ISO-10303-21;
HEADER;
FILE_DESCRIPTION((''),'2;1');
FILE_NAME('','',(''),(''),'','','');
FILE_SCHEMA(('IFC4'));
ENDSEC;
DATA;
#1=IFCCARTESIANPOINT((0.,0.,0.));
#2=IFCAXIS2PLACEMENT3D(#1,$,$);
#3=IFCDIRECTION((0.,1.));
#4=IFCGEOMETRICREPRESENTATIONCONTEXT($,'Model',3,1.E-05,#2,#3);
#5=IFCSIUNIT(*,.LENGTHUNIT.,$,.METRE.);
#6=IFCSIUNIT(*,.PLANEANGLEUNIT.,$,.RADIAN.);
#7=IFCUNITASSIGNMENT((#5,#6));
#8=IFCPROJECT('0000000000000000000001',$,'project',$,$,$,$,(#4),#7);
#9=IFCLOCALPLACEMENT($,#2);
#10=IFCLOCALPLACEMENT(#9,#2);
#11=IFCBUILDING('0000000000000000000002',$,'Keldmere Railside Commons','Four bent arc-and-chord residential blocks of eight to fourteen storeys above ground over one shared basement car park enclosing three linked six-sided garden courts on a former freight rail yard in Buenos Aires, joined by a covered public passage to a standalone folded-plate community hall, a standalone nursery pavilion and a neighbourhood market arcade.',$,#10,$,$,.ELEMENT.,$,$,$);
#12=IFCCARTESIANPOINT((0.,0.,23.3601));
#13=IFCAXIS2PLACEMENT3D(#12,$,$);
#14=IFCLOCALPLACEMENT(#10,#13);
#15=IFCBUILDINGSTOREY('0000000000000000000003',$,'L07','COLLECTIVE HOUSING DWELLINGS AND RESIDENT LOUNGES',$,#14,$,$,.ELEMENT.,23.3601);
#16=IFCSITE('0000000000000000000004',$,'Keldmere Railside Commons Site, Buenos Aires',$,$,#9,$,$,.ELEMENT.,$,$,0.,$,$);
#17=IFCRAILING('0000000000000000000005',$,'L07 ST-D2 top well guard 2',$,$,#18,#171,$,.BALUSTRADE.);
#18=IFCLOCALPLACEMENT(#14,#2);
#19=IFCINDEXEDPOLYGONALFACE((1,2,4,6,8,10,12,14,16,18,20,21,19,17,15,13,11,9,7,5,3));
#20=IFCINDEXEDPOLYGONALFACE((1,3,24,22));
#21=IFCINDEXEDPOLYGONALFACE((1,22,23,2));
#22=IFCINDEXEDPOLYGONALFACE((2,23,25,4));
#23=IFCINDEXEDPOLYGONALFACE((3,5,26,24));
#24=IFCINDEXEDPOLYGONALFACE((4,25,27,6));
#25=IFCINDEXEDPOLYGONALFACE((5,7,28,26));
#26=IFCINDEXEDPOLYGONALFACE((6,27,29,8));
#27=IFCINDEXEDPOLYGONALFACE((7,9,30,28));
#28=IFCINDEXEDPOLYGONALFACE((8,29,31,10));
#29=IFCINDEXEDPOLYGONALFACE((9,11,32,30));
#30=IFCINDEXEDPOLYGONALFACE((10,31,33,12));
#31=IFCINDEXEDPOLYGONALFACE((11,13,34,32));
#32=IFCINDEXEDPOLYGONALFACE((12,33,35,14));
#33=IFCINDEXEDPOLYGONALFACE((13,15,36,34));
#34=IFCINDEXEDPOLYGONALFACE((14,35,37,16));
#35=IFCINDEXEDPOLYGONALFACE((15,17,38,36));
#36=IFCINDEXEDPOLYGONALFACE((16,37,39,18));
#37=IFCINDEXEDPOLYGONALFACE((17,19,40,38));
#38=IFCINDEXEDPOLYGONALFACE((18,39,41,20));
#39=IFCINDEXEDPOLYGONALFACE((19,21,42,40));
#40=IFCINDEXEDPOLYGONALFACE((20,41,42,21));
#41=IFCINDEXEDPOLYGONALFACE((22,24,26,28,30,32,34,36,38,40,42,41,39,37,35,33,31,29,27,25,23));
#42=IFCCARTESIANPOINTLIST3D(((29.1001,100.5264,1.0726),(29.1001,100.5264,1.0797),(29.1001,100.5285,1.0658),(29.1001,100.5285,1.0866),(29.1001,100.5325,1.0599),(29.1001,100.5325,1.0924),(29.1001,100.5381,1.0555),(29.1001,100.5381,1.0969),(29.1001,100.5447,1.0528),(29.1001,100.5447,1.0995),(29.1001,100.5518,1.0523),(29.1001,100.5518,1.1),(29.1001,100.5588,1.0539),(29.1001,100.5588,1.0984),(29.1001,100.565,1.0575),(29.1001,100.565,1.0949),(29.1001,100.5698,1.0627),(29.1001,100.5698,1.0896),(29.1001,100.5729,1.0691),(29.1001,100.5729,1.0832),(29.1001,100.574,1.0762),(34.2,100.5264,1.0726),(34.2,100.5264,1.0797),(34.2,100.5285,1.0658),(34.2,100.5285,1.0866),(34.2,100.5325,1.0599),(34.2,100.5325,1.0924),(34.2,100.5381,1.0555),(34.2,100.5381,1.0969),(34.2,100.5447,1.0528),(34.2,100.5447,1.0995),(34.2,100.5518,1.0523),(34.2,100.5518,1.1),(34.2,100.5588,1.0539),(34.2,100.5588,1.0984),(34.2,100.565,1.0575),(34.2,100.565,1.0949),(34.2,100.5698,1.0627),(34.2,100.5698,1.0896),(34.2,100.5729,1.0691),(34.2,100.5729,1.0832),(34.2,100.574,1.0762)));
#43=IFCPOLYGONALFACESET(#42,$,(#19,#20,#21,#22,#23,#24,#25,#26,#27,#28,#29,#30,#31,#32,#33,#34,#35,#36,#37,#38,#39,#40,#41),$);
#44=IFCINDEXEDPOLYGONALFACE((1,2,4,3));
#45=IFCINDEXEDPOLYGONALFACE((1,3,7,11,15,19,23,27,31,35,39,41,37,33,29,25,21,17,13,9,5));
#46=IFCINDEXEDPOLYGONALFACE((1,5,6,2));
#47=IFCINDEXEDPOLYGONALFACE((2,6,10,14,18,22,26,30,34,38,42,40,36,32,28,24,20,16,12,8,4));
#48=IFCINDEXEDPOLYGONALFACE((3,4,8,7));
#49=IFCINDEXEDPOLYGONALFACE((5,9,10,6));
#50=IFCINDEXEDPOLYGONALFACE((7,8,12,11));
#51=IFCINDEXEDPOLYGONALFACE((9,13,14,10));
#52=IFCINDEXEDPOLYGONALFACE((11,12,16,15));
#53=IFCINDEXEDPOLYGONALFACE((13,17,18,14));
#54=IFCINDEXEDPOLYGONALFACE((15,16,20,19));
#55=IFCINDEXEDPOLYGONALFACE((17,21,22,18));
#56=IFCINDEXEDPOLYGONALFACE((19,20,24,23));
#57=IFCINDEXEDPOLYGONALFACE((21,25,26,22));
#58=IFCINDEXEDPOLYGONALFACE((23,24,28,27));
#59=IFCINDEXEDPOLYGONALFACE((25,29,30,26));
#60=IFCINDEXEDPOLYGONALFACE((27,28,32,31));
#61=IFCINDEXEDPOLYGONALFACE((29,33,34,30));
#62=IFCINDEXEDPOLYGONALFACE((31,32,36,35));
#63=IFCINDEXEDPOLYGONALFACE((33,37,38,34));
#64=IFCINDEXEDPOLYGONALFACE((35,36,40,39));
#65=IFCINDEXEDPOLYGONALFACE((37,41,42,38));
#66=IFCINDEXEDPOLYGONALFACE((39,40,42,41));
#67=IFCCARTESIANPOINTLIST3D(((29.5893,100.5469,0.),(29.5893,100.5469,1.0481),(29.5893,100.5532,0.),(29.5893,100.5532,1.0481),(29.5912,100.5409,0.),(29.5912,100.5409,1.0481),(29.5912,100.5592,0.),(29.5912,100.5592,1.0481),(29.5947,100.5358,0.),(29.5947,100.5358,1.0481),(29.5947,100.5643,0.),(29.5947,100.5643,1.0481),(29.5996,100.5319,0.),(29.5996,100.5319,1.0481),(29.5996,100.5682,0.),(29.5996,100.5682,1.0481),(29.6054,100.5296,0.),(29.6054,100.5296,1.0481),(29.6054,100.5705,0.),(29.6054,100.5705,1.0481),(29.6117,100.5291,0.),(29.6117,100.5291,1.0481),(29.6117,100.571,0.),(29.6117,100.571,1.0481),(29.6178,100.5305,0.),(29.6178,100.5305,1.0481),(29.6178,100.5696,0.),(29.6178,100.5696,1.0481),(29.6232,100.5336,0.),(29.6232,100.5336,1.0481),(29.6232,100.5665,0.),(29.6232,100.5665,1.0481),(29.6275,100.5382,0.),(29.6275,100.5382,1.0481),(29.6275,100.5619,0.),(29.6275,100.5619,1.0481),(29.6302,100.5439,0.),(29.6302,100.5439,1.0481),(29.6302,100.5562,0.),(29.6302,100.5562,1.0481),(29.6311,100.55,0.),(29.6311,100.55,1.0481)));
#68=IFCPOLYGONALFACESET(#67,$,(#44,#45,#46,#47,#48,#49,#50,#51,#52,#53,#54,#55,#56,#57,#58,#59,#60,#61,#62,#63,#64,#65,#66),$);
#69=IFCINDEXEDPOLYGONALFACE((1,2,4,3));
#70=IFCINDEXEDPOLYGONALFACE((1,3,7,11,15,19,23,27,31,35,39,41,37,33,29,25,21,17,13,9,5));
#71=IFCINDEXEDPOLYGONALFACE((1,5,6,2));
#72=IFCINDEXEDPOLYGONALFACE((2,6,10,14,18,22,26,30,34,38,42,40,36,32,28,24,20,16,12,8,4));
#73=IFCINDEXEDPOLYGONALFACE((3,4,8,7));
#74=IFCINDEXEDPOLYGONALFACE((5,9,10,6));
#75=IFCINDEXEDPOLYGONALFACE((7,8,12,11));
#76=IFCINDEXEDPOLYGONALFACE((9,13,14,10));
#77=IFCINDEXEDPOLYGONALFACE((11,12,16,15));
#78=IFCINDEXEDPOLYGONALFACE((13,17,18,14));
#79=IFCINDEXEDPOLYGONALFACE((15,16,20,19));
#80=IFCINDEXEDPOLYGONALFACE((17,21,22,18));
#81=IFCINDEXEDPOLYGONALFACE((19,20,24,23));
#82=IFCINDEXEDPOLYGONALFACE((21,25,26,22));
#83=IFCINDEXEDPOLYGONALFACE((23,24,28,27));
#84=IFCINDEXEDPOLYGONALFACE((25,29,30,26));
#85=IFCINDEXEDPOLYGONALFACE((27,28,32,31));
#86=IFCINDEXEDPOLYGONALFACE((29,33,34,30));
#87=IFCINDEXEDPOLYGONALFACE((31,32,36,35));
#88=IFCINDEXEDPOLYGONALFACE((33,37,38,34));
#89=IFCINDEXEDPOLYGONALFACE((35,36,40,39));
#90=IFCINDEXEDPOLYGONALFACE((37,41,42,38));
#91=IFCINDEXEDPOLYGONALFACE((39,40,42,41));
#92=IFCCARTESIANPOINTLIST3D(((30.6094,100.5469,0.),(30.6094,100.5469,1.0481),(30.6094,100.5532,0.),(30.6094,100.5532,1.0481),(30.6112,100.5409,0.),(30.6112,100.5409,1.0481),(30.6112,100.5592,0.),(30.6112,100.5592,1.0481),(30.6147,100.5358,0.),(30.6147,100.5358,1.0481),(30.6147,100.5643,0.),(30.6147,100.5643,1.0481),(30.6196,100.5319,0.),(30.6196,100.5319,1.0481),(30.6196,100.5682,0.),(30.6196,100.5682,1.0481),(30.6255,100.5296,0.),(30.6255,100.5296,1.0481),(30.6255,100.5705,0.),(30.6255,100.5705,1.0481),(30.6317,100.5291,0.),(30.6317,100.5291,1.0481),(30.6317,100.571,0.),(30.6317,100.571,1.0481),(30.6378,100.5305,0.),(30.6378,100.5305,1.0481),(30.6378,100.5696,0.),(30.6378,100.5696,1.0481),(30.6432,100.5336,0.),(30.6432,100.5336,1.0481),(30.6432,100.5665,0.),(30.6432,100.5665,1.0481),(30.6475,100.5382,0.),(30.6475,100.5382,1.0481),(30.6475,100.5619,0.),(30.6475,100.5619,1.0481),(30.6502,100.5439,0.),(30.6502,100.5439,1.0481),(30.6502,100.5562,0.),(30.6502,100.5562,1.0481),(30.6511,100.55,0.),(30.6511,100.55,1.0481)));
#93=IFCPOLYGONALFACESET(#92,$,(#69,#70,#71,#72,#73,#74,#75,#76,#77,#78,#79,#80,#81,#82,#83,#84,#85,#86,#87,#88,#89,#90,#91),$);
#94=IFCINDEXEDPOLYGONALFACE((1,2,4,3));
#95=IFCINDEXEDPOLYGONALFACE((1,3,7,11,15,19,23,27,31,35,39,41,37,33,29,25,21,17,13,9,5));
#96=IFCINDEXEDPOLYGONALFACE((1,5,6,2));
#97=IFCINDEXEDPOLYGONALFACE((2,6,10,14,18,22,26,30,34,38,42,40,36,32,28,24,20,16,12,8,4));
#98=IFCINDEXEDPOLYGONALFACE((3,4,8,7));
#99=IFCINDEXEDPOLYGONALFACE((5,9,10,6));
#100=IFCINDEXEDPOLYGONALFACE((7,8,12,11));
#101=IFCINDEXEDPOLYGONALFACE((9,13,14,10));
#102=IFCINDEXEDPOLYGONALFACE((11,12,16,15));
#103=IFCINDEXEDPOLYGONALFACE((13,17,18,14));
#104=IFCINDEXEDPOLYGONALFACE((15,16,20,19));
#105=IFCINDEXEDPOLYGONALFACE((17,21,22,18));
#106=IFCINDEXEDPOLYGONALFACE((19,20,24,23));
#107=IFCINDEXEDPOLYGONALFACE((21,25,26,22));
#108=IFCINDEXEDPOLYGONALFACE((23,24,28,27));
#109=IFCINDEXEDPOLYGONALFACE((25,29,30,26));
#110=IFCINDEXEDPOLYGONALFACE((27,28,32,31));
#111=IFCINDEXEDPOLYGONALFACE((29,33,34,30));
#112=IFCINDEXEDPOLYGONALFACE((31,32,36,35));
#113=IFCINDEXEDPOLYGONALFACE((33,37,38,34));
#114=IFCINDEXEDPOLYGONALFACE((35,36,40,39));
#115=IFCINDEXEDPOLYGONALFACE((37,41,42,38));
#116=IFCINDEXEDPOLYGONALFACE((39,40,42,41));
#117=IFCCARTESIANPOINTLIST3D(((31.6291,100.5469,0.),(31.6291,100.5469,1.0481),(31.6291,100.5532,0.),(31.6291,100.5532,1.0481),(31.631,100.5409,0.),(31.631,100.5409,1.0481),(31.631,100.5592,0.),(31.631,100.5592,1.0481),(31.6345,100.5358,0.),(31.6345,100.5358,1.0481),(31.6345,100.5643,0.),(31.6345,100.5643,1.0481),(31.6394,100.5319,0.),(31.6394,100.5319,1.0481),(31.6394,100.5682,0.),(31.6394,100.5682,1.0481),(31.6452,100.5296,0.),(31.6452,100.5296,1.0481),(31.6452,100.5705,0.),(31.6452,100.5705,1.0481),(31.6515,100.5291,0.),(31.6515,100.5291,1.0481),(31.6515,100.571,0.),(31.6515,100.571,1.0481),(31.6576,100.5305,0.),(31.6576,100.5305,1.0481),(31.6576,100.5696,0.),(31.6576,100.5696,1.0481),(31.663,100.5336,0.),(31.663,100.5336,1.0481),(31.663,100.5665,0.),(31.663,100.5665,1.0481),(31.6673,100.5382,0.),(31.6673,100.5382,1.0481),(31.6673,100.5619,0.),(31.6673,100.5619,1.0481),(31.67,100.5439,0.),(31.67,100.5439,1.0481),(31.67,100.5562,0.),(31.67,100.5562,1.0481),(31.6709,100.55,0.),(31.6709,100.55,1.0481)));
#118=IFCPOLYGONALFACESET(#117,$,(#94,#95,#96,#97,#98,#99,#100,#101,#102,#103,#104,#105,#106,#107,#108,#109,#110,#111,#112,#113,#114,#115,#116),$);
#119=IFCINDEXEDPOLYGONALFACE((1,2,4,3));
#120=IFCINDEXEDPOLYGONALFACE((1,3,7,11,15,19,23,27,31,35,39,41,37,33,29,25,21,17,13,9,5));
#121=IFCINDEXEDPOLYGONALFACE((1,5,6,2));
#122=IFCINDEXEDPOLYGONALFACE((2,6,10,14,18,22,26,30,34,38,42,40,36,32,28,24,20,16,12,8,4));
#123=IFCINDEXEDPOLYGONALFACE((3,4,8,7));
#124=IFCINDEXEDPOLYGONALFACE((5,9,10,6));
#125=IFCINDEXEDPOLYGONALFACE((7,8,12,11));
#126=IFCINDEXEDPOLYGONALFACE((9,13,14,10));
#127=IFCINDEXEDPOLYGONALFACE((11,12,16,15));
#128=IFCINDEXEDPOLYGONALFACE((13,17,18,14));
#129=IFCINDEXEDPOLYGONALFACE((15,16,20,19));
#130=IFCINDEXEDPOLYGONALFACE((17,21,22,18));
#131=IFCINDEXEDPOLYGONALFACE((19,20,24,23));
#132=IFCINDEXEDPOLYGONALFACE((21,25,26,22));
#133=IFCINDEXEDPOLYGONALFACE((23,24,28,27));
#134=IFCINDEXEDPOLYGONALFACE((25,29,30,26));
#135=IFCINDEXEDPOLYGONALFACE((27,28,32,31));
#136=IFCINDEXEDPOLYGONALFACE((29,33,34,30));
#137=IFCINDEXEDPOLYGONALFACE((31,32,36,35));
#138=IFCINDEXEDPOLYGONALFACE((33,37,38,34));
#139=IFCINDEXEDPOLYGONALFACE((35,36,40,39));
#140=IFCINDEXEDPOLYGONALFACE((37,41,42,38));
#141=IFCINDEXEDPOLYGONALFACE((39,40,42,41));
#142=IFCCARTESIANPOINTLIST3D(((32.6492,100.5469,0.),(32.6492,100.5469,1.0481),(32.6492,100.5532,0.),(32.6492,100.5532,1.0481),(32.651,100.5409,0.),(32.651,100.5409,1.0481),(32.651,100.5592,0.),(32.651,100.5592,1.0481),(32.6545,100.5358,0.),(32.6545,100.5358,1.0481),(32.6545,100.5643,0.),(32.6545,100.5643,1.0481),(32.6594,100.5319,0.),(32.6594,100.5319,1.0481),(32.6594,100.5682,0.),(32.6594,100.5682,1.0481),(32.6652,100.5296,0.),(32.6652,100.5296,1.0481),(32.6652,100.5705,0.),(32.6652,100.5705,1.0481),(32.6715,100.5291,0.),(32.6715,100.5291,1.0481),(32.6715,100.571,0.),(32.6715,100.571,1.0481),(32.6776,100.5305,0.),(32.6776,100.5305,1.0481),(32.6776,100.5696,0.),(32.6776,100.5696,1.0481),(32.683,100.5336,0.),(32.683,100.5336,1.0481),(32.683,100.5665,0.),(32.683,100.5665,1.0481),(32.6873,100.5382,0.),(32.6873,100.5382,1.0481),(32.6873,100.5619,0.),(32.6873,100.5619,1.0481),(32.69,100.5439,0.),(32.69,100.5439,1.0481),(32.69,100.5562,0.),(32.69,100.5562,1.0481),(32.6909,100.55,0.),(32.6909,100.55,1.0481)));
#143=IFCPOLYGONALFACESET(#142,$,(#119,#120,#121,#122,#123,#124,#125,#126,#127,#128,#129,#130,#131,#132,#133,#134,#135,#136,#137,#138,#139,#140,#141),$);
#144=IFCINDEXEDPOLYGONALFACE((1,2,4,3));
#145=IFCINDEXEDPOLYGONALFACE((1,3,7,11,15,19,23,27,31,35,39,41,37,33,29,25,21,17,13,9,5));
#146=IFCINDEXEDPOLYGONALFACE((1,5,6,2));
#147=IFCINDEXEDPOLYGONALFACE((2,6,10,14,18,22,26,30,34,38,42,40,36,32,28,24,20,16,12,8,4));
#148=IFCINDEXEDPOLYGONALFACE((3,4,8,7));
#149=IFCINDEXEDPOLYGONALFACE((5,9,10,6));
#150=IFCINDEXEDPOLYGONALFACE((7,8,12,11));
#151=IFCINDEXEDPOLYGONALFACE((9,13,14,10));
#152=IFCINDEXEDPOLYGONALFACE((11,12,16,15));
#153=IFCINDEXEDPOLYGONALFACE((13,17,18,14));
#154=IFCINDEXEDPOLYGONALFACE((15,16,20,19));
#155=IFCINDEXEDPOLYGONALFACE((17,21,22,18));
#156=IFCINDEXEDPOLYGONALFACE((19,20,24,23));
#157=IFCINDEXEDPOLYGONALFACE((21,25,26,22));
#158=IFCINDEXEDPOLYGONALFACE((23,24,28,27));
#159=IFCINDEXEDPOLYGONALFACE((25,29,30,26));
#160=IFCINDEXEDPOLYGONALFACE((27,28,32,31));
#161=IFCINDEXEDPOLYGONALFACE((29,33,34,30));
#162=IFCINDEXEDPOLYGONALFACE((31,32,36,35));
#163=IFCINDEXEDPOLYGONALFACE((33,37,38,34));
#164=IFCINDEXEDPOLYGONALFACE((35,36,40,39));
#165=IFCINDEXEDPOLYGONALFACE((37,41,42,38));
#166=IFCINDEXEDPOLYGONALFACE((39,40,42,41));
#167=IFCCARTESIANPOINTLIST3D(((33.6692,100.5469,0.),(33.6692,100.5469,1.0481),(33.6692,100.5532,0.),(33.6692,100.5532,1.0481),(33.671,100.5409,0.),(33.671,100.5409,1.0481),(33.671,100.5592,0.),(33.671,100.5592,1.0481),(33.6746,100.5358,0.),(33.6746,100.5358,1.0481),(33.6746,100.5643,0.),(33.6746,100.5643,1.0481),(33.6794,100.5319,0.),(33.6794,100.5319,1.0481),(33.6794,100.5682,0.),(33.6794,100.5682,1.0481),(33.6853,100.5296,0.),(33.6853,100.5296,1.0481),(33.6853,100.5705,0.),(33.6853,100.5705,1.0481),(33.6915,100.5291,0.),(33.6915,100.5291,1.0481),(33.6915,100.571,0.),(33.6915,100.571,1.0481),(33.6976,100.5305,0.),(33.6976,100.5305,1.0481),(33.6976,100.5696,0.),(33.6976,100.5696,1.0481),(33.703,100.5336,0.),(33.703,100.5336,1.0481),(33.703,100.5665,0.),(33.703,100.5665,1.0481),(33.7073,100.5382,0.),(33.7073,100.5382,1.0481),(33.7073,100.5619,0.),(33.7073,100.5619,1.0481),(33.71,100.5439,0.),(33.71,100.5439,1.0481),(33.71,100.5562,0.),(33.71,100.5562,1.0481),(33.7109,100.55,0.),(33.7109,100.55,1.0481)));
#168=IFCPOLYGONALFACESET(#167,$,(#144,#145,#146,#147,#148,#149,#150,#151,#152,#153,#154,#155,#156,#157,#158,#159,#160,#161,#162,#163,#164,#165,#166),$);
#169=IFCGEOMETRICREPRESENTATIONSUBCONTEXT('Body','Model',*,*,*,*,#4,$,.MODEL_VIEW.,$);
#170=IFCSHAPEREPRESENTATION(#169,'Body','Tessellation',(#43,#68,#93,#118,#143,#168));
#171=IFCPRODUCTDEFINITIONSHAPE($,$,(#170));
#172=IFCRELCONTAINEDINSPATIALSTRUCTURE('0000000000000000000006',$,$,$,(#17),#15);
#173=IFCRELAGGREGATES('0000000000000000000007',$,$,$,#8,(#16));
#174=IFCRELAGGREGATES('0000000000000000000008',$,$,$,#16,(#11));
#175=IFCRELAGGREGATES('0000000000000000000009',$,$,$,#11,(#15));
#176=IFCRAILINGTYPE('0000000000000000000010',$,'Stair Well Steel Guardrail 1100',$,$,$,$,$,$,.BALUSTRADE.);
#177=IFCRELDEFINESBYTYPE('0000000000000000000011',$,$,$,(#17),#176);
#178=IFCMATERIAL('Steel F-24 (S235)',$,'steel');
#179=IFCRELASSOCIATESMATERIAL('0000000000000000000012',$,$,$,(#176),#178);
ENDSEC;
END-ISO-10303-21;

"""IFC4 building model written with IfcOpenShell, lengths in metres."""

from ifc_helpers import new_model, si_unit, direction, frame, origin, origin_2d, place, context, subcontext, project, spatial, circle, extrude, material, type_object, element, save


model = new_model("IFC4")

# Units and contexts
model_context = context("Model", 3, precision=1e-05, world=origin(), true_north=direction((0.0, 1.0)))
body_context = subcontext(model_context, "Body", "Model", "MODEL_VIEW")
ifc_project = project(units=[si_unit("LENGTHUNIT", "METRE"), si_unit("PLANEANGLEUNIT", "RADIAN")], contexts=[model_context])

# Site, building, storey
site_placement = place(None, origin())
site = spatial("IfcSite", under=ifc_project, at=site_placement, Name="Keldmere Railside Commons Site, Buenos Aires", CompositionType="ELEMENT", RefElevation=0.0)
building_placement = place(site_placement, origin())
building = spatial("IfcBuilding", under=site, at=building_placement, Name="Keldmere Railside Commons", Description="Four bent arc-and-chord residential blocks of eight to fourteen storeys above ground over one shared basement car park enclosing three linked six-sided garden courts on a former freight rail yard in Buenos Aires, joined by a covered public passage to a standalone folded-plate community hall, a standalone nursery pavilion and a neighbourhood market arcade.", CompositionType="ELEMENT")
storey_placement = place(building_placement, frame((0.0, 0.0, 23.3601)))
storey = spatial("IfcBuildingStorey", under=building, at=storey_placement, Name="L07", Description="COLLECTIVE HOUSING DWELLINGS AND RESIDENT LOUNGES", CompositionType="ELEMENT", Elevation=23.3601)

# Railing
ifc_material_1 = material(Name="Steel F-24 (S235)", Category="steel")
railing_type_1 = type_object("IfcRailingType", Name="Stair Well Steel Guardrail 1100", PredefinedType="BALUSTRADE", material=ifc_material_1)
for number, where, name in (
    (1, (29.1001, 100.55, 0.0), "L07 ST-D2 top well guard 2"),
):
    element("IfcRailing", number, at=place(storey_placement, frame(where)), inside=storey, type_object=railing_type_1, Name=name, PredefinedType="BALUSTRADE", context=body_context, shape_type="SweptSolid", body=[
        extrude(circle(Radius=0.0239, at=origin_2d()), frame((0.0, 0.0, 1.0762), z_axis=(1.0, 0.0, 0.0), x_axis=(0.0, 1.0, 0.0)), (0.0, 0.0, 1.0), 5.0999),
        extrude(circle(Radius=0.021, at=origin_2d()), frame((0.51, 0.0, 0.0)), (0.0, 0.0, 1.0), 1.0481),
        extrude(circle(Radius=0.021, at=origin_2d()), frame((1.53, 0.0, 0.0)), (0.0, 0.0, 1.0), 1.0481),
        extrude(circle(Radius=0.021, at=origin_2d()), frame((2.5498, 0.0, 0.0)), (0.0, 0.0, 1.0), 1.0481),
        extrude(circle(Radius=0.021, at=origin_2d()), frame((3.5698, 0.0, 0.0)), (0.0, 0.0, 1.0), 1.0481),
        extrude(circle(Radius=0.021, at=origin_2d()), frame((4.5898, 0.0, 0.0)), (0.0, 0.0, 1.0), 1.0481),
    ])

save(model, "model.ifc")
